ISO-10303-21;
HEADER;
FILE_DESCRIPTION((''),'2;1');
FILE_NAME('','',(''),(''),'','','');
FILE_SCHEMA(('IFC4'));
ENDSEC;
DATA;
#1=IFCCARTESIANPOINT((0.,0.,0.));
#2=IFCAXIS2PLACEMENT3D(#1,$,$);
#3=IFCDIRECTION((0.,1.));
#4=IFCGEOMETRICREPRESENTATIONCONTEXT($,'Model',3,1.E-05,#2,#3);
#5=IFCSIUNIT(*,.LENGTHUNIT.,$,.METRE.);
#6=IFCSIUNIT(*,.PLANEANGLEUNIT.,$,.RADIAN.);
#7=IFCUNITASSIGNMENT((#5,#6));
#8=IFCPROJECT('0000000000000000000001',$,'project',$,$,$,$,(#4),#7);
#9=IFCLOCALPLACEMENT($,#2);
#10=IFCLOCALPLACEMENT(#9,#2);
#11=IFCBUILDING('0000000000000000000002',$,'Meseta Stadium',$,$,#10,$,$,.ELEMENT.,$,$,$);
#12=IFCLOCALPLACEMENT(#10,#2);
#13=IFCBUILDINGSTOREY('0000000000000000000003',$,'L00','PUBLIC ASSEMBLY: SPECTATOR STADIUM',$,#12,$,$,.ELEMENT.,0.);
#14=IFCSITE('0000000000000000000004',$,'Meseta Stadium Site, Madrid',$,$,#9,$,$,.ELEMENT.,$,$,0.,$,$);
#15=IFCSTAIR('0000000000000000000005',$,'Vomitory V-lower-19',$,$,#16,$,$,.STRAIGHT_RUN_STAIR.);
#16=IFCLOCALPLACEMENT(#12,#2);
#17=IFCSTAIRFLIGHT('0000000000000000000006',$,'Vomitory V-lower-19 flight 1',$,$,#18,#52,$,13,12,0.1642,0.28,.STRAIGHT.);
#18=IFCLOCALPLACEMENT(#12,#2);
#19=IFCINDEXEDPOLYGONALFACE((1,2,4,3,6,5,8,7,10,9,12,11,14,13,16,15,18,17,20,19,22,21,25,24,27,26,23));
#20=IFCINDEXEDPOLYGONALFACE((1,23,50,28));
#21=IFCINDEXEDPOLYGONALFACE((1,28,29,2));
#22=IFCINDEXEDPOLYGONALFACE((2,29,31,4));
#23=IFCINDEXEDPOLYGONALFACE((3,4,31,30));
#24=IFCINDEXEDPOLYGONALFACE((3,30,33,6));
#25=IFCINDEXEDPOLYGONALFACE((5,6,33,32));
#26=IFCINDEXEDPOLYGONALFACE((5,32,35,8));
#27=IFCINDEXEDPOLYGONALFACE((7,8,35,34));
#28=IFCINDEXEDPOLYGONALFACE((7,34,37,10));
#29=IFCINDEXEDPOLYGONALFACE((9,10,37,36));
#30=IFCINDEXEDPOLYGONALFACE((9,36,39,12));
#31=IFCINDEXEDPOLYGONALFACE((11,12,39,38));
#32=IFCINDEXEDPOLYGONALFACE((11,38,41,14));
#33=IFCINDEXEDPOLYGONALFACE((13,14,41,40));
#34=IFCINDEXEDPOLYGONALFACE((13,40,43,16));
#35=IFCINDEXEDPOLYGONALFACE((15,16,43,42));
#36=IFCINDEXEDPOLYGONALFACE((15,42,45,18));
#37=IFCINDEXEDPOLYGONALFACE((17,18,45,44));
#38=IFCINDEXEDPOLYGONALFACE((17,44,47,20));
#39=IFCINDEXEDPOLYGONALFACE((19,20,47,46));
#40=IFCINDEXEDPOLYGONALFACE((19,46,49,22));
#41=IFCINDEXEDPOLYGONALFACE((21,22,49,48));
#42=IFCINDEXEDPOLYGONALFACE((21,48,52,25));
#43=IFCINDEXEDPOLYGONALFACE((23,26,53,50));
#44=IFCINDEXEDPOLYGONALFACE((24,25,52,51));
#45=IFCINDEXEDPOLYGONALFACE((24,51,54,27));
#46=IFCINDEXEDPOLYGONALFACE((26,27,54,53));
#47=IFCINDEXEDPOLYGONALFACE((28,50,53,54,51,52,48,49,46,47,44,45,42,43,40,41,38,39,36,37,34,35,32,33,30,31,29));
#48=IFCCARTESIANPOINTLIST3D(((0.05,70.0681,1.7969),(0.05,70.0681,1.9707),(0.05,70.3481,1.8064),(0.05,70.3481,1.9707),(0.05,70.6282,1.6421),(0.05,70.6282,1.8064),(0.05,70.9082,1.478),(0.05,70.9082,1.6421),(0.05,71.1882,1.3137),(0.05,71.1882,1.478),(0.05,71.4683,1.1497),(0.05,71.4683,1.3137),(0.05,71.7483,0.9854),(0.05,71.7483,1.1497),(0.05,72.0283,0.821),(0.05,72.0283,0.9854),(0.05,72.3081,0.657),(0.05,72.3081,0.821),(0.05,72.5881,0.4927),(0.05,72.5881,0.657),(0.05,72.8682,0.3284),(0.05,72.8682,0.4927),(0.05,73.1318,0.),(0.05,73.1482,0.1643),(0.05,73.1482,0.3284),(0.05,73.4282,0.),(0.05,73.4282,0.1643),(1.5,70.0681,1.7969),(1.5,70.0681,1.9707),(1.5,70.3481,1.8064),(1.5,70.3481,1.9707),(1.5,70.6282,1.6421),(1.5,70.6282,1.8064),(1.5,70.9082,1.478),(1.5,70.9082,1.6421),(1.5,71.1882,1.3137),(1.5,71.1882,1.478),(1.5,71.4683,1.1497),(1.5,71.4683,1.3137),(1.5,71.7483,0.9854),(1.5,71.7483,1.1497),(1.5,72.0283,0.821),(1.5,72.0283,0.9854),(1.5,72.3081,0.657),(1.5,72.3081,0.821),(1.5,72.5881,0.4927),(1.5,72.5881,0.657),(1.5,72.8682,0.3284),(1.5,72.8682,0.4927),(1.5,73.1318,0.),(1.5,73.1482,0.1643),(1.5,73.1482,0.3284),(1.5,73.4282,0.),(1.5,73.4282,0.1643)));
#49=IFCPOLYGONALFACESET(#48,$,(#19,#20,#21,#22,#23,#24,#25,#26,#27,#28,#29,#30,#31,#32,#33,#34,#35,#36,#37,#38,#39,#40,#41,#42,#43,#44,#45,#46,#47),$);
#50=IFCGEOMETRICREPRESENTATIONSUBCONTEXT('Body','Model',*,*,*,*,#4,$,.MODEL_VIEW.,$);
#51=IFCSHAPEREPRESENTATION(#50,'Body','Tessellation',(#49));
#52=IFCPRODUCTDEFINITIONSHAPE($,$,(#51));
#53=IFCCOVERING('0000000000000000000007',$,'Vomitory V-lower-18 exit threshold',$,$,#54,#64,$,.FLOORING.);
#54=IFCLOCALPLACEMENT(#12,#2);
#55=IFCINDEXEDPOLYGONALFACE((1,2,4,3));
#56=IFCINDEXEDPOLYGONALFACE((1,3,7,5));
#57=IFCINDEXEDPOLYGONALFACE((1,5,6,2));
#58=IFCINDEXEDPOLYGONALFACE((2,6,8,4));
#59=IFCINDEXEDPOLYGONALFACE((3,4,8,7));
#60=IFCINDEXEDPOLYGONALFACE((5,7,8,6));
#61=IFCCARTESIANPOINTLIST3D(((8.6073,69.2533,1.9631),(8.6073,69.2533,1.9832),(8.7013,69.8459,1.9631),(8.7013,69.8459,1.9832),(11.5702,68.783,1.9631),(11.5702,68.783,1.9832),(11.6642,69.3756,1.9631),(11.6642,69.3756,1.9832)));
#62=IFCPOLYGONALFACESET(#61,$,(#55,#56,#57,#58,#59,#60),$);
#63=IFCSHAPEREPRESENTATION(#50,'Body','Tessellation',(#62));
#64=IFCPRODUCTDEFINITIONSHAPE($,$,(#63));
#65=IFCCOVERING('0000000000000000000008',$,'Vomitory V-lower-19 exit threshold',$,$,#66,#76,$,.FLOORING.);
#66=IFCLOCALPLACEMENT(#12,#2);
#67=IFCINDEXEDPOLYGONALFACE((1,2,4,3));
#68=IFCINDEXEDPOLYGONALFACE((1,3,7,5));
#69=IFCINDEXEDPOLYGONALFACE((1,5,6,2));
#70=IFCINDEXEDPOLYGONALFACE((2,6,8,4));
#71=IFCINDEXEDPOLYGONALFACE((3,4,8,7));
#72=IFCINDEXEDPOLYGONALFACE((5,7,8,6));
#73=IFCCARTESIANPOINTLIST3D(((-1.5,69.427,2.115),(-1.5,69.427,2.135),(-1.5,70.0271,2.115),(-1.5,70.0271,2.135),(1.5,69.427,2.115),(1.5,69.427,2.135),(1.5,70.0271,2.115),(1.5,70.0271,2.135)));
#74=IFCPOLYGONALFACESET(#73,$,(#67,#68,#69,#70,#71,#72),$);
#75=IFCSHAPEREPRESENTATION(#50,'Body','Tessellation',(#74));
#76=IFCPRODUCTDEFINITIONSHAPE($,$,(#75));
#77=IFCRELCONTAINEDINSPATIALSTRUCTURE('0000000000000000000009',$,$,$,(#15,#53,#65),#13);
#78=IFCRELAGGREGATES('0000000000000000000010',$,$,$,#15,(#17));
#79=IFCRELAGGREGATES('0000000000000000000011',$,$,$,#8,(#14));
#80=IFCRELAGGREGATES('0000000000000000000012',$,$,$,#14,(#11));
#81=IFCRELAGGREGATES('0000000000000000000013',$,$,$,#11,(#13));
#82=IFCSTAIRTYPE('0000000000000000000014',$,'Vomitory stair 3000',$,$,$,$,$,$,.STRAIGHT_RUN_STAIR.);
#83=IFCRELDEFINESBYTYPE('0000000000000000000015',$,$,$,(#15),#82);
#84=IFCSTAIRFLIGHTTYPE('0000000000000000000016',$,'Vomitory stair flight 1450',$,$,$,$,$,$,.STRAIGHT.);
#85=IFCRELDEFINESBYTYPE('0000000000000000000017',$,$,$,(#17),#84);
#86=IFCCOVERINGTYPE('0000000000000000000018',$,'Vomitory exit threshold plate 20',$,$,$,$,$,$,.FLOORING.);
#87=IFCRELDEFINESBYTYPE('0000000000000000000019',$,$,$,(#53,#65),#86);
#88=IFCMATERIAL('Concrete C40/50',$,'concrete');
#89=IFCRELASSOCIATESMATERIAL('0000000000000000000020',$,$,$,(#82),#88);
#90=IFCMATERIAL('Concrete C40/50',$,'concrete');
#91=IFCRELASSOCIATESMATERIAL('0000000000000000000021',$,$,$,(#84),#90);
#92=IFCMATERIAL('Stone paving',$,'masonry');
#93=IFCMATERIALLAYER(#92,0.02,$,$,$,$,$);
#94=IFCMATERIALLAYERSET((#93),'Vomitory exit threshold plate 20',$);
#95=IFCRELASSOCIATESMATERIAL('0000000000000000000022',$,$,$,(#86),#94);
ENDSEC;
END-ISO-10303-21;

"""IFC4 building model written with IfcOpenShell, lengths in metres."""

from ifc_helpers import new_model, si_unit, direction, frame, origin, origin_2d, place, context, subcontext, project, spatial, polyline, rectangle, outline, extrude, material, layer, layer_set, type_object, element, aggregate, save


model = new_model("IFC4")

# Units and contexts
model_context = context("Model", 3, precision=1e-05, world=origin(), true_north=direction((0.0, 1.0)))
body_context = subcontext(model_context, "Body", "Model", "MODEL_VIEW")
ifc_project = project(units=[si_unit("LENGTHUNIT", "METRE"), si_unit("PLANEANGLEUNIT", "RADIAN")], contexts=[model_context])

# Site, building, storey
site_placement = place(None, origin())
site = spatial("IfcSite", under=ifc_project, at=site_placement, Name="Meseta Stadium Site, Madrid", CompositionType="ELEMENT", RefElevation=0.0)
building_placement = place(site_placement, origin())
building = spatial("IfcBuilding", under=site, at=building_placement, Name="Meseta Stadium", CompositionType="ELEMENT")
storey_placement = place(building_placement, origin())
storey = spatial("IfcBuildingStorey", under=building, at=storey_placement, Name="L00", Description="PUBLIC ASSEMBLY: SPECTATOR STADIUM", CompositionType="ELEMENT", Elevation=0.0)

# Shared definitions
ifc_material_1 = material(Name="Concrete C40/50", Category="concrete")
stair_type = type_object("IfcStairType", Name="Vomitory stair 3000", PredefinedType="STRAIGHT_RUN_STAIR", material=ifc_material_1)
ifc_material_2 = material(Name="Concrete C40/50", Category="concrete")
stair_flight_type = type_object("IfcStairFlightType", Name="Vomitory stair flight 1450", PredefinedType="STRAIGHT", material=ifc_material_2)

# Stair, stair flight
stair_1_placement = place(storey_placement, origin())
stair_1 = element("IfcStair", 1, at=stair_1_placement, inside=storey, type_object=stair_type, Name="Vomitory V-lower-19", PredefinedType="STRAIGHT_RUN_STAIR")
stair_flight_1_placement = place(storey_placement, frame((0.7749, 73.4282, 0.0), z_axis=(0.0, 0.0, 1.0), x_axis=(0.0, -1.0, 0.0)))
stair_flight_1 = element("IfcStairFlight", 2, at=stair_flight_1_placement, type_object=stair_flight_type, Name="Vomitory V-lower-19 flight 1", NumberOfRisers=13, NumberOfTreads=12, PredefinedType="STRAIGHT", RiserHeight=0.1642, TreadLength=0.28, context=body_context, shape_type="SweptSolid", body=[
    extrude(outline(polyline([(0.0, 0.0), (0.0, 0.1643), (0.28, 0.1643), (0.28, 0.3284), (0.5601, 0.3284), (0.5601, 0.4927), (0.8401, 0.4927), (0.8401, 0.657), (1.1201, 0.657), (1.1201, 0.821), (1.3999, 0.821), (1.3999, 0.9854), (1.6799, 0.9854), (1.6799, 1.1497), (1.96, 1.1497), (1.96, 1.3137), (2.24, 1.3137), (2.24, 1.478), (2.52, 1.478), (2.52, 1.6421), (2.8, 1.6421), (2.8, 1.8064), (3.0801, 1.8064), (3.0801, 1.9707), (3.3601, 1.9707), (3.3601, 1.7969), (0.2964, 0.0), (0.0, 0.0)])), frame((0.0, 0.7251, 0.0), z_axis=(0.0, -1.0, 0.0), x_axis=(1.0, 0.0, 0.0)), (0.0, 0.0, 1.0), 1.45),
])
aggregate(stair_1, [stair_flight_1])

# Coverings
ifc_material_3 = material(Name="Stone paving", Category="masonry")
ifc_layer_1 = layer(ifc_material_3, 0.02)
ifc_layer_set_1 = layer_set([ifc_layer_1], Name="Vomitory exit threshold plate 20")
covering_type = type_object("IfcCoveringType", Name="Vomitory exit threshold plate 20", PredefinedType="FLOORING", material=ifc_layer_set_1)
for number, where, z_axis, x_axis, name in (
    (3, (10.1357, 69.3145, 1.9631), (0.0, 0.0, 1.0), (-0.156767, -0.987636, 0.0), "Vomitory V-lower-18 exit threshold"),
    (4, (0.0, 69.7271, 2.115), (0.0, 0.0, 1.0), (0.0, -1.0, 0.0), "Vomitory V-lower-19 exit threshold"),
):
    element("IfcCovering", number, at=place(storey_placement, frame(where, z_axis=z_axis, x_axis=x_axis)), inside=storey, type_object=covering_type, Name=name, PredefinedType="FLOORING", context=body_context, shape_type="SweptSolid", body=[
        extrude(rectangle(XDim=0.6001, YDim=3.0, at=origin_2d()), origin(), (0.0, 0.0, 1.0), 0.02),
    ])

save(model, "model.ifc")
